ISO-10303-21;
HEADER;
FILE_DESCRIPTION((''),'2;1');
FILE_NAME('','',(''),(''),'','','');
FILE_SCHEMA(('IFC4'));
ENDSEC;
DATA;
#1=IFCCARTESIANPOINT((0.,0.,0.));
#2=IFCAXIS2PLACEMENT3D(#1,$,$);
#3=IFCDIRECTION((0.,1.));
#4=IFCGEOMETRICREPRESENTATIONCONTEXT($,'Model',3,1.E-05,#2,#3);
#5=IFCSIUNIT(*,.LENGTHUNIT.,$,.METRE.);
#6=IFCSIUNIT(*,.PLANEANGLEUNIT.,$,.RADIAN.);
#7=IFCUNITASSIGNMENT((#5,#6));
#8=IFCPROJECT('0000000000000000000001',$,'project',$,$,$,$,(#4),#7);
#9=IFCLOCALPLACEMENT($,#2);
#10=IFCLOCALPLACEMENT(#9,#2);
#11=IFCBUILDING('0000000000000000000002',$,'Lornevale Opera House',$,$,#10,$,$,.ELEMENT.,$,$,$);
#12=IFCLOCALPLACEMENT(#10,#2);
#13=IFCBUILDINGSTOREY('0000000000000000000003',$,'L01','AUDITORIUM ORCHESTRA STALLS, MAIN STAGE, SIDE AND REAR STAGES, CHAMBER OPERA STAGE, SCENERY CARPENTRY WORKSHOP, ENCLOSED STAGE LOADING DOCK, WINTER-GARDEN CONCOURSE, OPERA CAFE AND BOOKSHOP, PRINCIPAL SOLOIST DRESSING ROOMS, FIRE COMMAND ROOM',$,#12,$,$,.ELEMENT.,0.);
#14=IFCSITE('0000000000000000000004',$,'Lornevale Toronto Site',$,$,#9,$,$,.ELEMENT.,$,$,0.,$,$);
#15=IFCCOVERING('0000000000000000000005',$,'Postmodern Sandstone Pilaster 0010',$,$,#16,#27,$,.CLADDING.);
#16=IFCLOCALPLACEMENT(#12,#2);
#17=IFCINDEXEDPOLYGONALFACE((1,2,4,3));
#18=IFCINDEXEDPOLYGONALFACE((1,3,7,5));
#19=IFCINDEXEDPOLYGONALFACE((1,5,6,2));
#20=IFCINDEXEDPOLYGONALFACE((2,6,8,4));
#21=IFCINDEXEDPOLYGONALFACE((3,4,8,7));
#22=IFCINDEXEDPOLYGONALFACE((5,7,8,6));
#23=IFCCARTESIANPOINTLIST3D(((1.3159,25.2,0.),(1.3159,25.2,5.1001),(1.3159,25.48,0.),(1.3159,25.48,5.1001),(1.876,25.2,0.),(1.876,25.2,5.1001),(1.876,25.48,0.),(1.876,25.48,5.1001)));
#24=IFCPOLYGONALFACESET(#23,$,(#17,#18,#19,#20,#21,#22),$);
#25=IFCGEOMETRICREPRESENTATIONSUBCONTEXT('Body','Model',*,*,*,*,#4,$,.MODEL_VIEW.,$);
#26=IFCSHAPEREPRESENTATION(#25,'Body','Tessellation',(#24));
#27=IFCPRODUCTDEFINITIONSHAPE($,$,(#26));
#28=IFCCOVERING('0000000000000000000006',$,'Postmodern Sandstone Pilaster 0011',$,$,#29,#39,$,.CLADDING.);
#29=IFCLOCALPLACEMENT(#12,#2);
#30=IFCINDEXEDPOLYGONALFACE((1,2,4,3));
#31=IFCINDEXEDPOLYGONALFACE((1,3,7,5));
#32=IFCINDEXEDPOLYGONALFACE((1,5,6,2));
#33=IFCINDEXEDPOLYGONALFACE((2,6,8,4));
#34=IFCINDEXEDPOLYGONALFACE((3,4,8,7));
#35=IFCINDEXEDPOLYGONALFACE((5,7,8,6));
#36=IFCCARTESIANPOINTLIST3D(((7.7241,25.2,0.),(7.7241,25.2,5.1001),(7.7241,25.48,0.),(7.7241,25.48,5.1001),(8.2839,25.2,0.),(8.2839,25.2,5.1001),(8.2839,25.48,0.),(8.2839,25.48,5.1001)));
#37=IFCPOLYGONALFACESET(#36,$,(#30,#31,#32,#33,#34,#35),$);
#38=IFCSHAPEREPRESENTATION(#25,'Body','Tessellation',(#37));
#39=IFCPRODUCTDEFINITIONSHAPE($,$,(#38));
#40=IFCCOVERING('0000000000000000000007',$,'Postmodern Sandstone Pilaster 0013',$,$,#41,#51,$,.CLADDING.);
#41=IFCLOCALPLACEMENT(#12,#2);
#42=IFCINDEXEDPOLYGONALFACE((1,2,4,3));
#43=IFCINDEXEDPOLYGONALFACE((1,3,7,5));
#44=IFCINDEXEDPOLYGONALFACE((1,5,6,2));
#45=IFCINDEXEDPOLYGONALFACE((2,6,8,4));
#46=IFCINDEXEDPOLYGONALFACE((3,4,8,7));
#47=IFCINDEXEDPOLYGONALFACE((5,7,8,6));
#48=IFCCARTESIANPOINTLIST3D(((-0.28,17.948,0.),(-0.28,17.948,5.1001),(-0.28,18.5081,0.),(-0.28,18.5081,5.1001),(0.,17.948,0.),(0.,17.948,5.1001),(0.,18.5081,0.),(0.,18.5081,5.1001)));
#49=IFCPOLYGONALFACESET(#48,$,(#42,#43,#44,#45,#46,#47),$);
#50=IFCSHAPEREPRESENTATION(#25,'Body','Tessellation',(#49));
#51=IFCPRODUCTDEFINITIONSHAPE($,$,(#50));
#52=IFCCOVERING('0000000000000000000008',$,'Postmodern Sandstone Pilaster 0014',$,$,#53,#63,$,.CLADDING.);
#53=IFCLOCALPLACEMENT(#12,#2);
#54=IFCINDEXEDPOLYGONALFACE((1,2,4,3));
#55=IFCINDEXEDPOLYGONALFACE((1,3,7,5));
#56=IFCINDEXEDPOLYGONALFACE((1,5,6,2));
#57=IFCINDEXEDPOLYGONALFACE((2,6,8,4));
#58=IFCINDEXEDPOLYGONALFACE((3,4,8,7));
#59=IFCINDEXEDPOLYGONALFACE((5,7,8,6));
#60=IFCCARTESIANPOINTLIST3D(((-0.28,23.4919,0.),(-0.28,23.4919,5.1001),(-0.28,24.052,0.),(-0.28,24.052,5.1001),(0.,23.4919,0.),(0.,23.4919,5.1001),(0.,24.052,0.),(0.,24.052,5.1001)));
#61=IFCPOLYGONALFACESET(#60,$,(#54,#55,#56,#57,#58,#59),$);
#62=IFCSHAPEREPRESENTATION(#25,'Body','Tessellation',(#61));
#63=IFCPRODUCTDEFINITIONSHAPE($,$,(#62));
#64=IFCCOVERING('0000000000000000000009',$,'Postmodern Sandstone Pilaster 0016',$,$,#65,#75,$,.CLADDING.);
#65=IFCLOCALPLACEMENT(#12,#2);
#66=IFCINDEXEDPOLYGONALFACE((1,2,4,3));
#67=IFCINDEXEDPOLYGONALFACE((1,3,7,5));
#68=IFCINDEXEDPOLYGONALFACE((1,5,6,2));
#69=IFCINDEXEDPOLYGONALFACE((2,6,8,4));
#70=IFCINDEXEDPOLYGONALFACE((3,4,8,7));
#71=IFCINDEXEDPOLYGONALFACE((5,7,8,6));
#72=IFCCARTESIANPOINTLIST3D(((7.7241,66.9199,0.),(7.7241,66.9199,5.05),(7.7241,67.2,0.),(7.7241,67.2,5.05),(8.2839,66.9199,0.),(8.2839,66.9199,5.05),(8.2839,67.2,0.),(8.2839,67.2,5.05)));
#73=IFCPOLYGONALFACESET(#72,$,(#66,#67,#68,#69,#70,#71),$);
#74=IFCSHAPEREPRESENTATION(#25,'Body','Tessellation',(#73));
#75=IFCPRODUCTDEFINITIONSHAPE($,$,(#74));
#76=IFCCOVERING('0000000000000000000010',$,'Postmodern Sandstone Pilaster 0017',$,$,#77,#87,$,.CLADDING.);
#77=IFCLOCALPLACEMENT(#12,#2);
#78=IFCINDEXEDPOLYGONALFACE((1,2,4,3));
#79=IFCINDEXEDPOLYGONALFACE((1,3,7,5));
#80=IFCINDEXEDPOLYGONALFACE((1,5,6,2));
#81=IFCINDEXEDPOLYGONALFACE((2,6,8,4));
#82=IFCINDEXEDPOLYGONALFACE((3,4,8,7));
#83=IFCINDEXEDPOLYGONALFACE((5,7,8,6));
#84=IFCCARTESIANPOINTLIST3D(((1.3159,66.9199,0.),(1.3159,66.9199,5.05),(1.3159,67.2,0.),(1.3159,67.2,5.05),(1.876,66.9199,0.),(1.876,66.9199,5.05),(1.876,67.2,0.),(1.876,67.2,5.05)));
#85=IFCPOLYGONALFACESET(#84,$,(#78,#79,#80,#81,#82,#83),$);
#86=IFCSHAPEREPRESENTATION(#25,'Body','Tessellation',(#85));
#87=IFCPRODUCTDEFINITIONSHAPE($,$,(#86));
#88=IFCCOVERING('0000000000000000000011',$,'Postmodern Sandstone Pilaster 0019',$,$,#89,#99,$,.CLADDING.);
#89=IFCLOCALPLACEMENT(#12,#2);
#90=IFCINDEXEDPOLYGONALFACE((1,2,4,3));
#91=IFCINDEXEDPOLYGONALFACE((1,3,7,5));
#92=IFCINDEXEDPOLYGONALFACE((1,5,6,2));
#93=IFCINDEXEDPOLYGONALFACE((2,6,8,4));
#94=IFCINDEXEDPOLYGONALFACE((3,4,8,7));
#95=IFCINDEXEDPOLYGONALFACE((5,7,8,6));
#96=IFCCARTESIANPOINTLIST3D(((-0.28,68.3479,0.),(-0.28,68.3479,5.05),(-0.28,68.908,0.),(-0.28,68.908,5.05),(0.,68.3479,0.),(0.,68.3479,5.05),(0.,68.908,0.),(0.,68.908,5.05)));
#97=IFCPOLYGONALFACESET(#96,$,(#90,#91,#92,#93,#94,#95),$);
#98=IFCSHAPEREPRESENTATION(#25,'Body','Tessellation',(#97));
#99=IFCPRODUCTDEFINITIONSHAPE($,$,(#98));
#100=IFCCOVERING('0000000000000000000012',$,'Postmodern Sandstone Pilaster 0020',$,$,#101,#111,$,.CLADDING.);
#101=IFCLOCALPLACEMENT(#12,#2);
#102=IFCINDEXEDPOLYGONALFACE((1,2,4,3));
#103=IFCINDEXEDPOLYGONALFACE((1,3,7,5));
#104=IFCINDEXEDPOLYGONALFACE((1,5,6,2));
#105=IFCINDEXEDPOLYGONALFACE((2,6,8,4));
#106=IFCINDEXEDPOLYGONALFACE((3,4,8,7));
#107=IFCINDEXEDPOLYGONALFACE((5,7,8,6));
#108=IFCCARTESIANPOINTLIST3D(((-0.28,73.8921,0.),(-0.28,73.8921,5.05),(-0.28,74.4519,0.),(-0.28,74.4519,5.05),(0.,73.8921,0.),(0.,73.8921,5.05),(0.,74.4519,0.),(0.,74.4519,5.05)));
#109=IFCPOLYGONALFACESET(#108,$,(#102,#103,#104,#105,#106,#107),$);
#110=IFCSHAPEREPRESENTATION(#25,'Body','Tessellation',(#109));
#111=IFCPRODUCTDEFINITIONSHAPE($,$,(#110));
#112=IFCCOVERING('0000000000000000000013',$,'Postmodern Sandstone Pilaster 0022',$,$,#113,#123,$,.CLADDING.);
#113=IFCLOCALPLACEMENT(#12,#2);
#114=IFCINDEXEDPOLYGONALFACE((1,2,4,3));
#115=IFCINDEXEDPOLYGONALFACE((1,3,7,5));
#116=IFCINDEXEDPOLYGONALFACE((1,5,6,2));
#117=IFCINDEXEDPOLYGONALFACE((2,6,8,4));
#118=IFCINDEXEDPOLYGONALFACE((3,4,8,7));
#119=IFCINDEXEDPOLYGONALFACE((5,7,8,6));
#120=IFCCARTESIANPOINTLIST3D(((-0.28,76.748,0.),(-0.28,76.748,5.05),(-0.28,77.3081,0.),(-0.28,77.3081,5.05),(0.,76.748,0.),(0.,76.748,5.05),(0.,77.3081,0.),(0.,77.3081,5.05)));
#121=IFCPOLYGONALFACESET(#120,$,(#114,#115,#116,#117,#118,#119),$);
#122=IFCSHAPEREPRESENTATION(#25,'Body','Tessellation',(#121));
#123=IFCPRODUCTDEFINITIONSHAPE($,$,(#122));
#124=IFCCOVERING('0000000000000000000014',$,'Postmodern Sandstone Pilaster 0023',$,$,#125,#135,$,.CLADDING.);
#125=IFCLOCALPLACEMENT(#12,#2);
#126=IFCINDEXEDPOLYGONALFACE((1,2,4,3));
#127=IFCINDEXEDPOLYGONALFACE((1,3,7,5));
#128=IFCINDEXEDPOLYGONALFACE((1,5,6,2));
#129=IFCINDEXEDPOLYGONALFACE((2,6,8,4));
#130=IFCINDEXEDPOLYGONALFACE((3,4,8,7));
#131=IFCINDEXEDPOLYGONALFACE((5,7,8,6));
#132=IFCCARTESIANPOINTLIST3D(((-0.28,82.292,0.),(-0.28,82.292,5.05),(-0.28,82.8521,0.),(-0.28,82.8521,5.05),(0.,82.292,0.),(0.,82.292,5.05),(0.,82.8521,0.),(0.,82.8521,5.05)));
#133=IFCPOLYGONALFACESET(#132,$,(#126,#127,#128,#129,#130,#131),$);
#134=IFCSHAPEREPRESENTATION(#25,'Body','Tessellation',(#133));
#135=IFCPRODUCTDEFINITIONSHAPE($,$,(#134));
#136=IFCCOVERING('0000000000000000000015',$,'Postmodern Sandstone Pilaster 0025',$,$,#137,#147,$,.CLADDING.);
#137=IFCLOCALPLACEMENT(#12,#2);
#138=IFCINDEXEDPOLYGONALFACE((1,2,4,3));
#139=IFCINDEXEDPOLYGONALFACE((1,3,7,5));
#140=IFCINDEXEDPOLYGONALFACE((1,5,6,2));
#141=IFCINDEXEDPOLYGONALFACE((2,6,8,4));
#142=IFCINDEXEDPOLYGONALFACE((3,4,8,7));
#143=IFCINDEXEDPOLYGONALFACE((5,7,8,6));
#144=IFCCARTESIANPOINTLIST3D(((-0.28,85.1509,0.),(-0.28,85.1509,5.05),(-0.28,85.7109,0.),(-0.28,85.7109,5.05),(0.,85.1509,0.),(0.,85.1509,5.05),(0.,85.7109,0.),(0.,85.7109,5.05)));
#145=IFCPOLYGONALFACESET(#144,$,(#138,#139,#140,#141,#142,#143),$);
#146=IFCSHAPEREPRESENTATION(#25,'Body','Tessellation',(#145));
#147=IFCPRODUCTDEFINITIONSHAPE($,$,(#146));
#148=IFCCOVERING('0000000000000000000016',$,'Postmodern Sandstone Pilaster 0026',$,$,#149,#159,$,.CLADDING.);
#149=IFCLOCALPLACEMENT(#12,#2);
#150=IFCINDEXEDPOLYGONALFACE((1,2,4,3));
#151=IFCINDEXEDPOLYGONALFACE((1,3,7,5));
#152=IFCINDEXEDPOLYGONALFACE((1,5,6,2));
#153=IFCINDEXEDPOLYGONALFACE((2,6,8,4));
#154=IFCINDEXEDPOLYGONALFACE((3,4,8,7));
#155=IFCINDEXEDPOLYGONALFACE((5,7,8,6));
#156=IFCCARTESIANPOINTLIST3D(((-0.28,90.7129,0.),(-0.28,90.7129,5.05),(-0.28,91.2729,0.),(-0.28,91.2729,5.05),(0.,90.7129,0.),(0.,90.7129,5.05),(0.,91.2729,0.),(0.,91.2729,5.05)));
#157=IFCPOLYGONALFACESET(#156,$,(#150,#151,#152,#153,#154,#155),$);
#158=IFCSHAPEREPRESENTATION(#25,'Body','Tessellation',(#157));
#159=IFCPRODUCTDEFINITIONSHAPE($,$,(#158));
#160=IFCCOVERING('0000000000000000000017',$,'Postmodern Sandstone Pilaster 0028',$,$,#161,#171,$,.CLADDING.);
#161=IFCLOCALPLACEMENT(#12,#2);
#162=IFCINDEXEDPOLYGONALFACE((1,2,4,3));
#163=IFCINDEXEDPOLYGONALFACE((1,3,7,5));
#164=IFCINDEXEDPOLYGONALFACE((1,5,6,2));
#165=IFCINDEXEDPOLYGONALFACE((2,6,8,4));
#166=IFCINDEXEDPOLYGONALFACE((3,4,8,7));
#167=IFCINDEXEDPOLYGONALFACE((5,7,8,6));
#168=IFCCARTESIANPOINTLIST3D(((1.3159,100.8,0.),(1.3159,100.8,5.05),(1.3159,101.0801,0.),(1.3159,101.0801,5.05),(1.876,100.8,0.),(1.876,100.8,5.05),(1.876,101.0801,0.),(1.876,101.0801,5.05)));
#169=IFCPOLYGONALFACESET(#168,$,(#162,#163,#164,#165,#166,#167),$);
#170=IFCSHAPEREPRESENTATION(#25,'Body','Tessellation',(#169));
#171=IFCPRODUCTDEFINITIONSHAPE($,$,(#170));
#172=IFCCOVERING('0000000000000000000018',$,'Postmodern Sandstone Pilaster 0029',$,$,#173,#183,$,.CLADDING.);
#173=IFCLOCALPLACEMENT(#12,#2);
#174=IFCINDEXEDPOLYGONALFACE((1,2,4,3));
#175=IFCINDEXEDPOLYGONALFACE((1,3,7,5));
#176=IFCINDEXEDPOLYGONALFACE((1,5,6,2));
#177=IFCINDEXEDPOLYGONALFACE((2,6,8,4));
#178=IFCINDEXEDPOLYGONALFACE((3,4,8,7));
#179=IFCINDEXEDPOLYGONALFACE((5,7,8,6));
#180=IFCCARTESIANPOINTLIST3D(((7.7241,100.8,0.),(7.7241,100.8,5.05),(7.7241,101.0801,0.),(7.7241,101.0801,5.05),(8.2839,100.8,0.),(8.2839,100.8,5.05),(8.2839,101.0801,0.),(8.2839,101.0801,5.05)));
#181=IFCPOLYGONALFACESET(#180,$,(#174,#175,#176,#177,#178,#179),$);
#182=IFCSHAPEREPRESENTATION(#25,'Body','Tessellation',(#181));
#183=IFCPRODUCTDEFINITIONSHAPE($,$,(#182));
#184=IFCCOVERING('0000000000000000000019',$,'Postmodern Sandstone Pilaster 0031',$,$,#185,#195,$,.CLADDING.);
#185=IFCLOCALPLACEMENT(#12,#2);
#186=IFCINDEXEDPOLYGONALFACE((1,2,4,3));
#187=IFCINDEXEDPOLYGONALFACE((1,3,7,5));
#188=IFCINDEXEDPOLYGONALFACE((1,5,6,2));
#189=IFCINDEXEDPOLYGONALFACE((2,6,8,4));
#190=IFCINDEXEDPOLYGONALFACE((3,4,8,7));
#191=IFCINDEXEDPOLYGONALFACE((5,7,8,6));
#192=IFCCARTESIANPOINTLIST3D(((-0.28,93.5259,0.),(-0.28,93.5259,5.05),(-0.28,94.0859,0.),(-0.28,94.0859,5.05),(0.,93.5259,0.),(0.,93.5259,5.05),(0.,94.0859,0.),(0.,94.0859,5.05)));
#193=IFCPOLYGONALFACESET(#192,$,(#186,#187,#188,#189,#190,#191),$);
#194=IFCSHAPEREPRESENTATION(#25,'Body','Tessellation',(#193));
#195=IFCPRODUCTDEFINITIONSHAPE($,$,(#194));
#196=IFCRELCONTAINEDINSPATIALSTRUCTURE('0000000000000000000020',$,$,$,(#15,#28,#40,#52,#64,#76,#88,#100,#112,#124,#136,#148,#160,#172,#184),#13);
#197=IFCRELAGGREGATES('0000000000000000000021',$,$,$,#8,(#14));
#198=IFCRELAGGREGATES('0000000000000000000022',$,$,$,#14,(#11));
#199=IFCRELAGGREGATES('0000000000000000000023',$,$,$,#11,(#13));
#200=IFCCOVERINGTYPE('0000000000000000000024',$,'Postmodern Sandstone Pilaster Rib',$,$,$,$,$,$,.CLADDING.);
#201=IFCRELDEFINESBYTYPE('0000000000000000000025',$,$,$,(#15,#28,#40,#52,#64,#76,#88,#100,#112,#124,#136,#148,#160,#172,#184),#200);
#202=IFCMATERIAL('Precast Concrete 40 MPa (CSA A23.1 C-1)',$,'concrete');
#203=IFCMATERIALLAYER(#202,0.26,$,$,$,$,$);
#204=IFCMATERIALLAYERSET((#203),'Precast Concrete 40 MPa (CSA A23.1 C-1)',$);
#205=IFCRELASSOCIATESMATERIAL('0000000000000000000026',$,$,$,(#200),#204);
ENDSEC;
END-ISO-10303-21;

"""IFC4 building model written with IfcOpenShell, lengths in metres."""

from ifc_helpers import new_model, si_unit, direction, origin, place, context, subcontext, project, spatial, polyline, outline, extrude, material, layer, layer_set, type_object, element, save


model = new_model("IFC4")

# Units and contexts
model_context = context("Model", 3, precision=1e-05, world=origin(), true_north=direction((0.0, 1.0)))
body_context = subcontext(model_context, "Body", "Model", "MODEL_VIEW")
ifc_project = project(units=[si_unit("LENGTHUNIT", "METRE"), si_unit("PLANEANGLEUNIT", "RADIAN")], contexts=[model_context])

# Site, building, storey
site_placement = place(None, origin())
site = spatial("IfcSite", under=ifc_project, at=site_placement, Name="Lornevale Toronto Site", CompositionType="ELEMENT", RefElevation=0.0)
building_placement = place(site_placement, origin())
building = spatial("IfcBuilding", under=site, at=building_placement, Name="Lornevale Opera House", CompositionType="ELEMENT")
storey_placement = place(building_placement, origin())
storey = spatial("IfcBuildingStorey", under=building, at=storey_placement, Name="L01", Description="AUDITORIUM ORCHESTRA STALLS, MAIN STAGE, SIDE AND REAR STAGES, CHAMBER OPERA STAGE, SCENERY CARPENTRY WORKSHOP, ENCLOSED STAGE LOADING DOCK, WINTER-GARDEN CONCOURSE, OPERA CAFE AND BOOKSHOP, PRINCIPAL SOLOIST DRESSING ROOMS, FIRE COMMAND ROOM", CompositionType="ELEMENT", Elevation=0.0)

# Coverings
ifc_material = material(Name="Precast Concrete 40 MPa (CSA A23.1 C-1)", Category="concrete")
ifc_layer = layer(ifc_material, 0.26)
ifc_layer_set = layer_set([ifc_layer], Name="Precast Concrete 40 MPa (CSA A23.1 C-1)")
covering_type = type_object("IfcCoveringType", Name="Postmodern Sandstone Pilaster Rib", PredefinedType="CLADDING", material=ifc_layer_set)
covering_1_placement = place(storey_placement, origin())
element("IfcCovering", 1, at=covering_1_placement, inside=storey, type_object=covering_type, Name="Postmodern Sandstone Pilaster 0010", PredefinedType="CLADDING", context=body_context, shape_type="SweptSolid", body=[
    extrude(outline(polyline([(1.3159, 25.2), (1.876, 25.2), (1.876, 25.48), (1.3159, 25.48), (1.3159, 25.2)])), origin(), (0.0, 0.0, 1.0), 5.1001),
])
covering_2_placement = place(storey_placement, origin())
element("IfcCovering", 2, at=covering_2_placement, inside=storey, type_object=covering_type, Name="Postmodern Sandstone Pilaster 0011", PredefinedType="CLADDING", context=body_context, shape_type="SweptSolid", body=[
    extrude(outline(polyline([(7.7241, 25.2), (8.2839, 25.2), (8.2839, 25.48), (7.7241, 25.48), (7.7241, 25.2)])), origin(), (0.0, 0.0, 1.0), 5.1001),
])
covering_3_placement = place(storey_placement, origin())
element("IfcCovering", 3, at=covering_3_placement, inside=storey, type_object=covering_type, Name="Postmodern Sandstone Pilaster 0013", PredefinedType="CLADDING", context=body_context, shape_type="SweptSolid", body=[
    extrude(outline(polyline([(0.0, 17.948), (0.0, 18.5081), (-0.28, 18.5081), (-0.28, 17.948), (0.0, 17.948)])), origin(), (0.0, 0.0, 1.0), 5.1001),
])
covering_4_placement = place(storey_placement, origin())
element("IfcCovering", 4, at=covering_4_placement, inside=storey, type_object=covering_type, Name="Postmodern Sandstone Pilaster 0014", PredefinedType="CLADDING", context=body_context, shape_type="SweptSolid", body=[
    extrude(outline(polyline([(0.0, 23.4919), (0.0, 24.052), (-0.28, 24.052), (-0.28, 23.4919), (0.0, 23.4919)])), origin(), (0.0, 0.0, 1.0), 5.1001),
])
covering_5_placement = place(storey_placement, origin())
element("IfcCovering", 5, at=covering_5_placement, inside=storey, type_object=covering_type, Name="Postmodern Sandstone Pilaster 0016", PredefinedType="CLADDING", context=body_context, shape_type="SweptSolid", body=[
    extrude(outline(polyline([(8.2839, 67.2), (7.7241, 67.2), (7.7241, 66.9199), (8.2839, 66.9199), (8.2839, 67.2)])), origin(), (0.0, 0.0, 1.0), 5.05),
])
covering_6_placement = place(storey_placement, origin())
element("IfcCovering", 6, at=covering_6_placement, inside=storey, type_object=covering_type, Name="Postmodern Sandstone Pilaster 0017", PredefinedType="CLADDING", context=body_context, shape_type="SweptSolid", body=[
    extrude(outline(polyline([(1.876, 67.2), (1.3159, 67.2), (1.3159, 66.9199), (1.876, 66.9199), (1.876, 67.2)])), origin(), (0.0, 0.0, 1.0), 5.05),
])
covering_7_placement = place(storey_placement, origin())
element("IfcCovering", 7, at=covering_7_placement, inside=storey, type_object=covering_type, Name="Postmodern Sandstone Pilaster 0019", PredefinedType="CLADDING", context=body_context, shape_type="SweptSolid", body=[
    extrude(outline(polyline([(0.0, 68.3479), (0.0, 68.908), (-0.28, 68.908), (-0.28, 68.3479), (0.0, 68.3479)])), origin(), (0.0, 0.0, 1.0), 5.05),
])
covering_8_placement = place(storey_placement, origin())
element("IfcCovering", 8, at=covering_8_placement, inside=storey, type_object=covering_type, Name="Postmodern Sandstone Pilaster 0020", PredefinedType="CLADDING", context=body_context, shape_type="SweptSolid", body=[
    extrude(outline(polyline([(0.0, 73.8921), (0.0, 74.4519), (-0.28, 74.4519), (-0.28, 73.8921), (0.0, 73.8921)])), origin(), (0.0, 0.0, 1.0), 5.05),
])
covering_9_placement = place(storey_placement, origin())
element("IfcCovering", 9, at=covering_9_placement, inside=storey, type_object=covering_type, Name="Postmodern Sandstone Pilaster 0022", PredefinedType="CLADDING", context=body_context, shape_type="SweptSolid", body=[
    extrude(outline(polyline([(0.0, 76.748), (0.0, 77.3081), (-0.28, 77.3081), (-0.28, 76.748), (0.0, 76.748)])), origin(), (0.0, 0.0, 1.0), 5.05),
])
covering_10_placement = place(storey_placement, origin())
element("IfcCovering", 10, at=covering_10_placement, inside=storey, type_object=covering_type, Name="Postmodern Sandstone Pilaster 0023", PredefinedType="CLADDING", context=body_context, shape_type="SweptSolid", body=[
    extrude(outline(polyline([(0.0, 82.292), (0.0, 82.8521), (-0.28, 82.8521), (-0.28, 82.292), (0.0, 82.292)])), origin(), (0.0, 0.0, 1.0), 5.05),
])
covering_11_placement = place(storey_placement, origin())
element("IfcCovering", 11, at=covering_11_placement, inside=storey, type_object=covering_type, Name="Postmodern Sandstone Pilaster 0025", PredefinedType="CLADDING", context=body_context, shape_type="SweptSolid", body=[
    extrude(outline(polyline([(0.0, 85.1509), (0.0, 85.7109), (-0.28, 85.7109), (-0.28, 85.1509), (0.0, 85.1509)])), origin(), (0.0, 0.0, 1.0), 5.05),
])
covering_12_placement = place(storey_placement, origin())
element("IfcCovering", 12, at=covering_12_placement, inside=storey, type_object=covering_type, Name="Postmodern Sandstone Pilaster 0026", PredefinedType="CLADDING", context=body_context, shape_type="SweptSolid", body=[
    extrude(outline(polyline([(0.0, 90.7129), (0.0, 91.2729), (-0.28, 91.2729), (-0.28, 90.7129), (0.0, 90.7129)])), origin(), (0.0, 0.0, 1.0), 5.05),
])
covering_13_placement = place(storey_placement, origin())
element("IfcCovering", 13, at=covering_13_placement, inside=storey, type_object=covering_type, Name="Postmodern Sandstone Pilaster 0028", PredefinedType="CLADDING", context=body_context, shape_type="SweptSolid", body=[
    extrude(outline(polyline([(1.3159, 100.8), (1.876, 100.8), (1.876, 101.0801), (1.3159, 101.0801), (1.3159, 100.8)])), origin(), (0.0, 0.0, 1.0), 5.05),
])
covering_14_placement = place(storey_placement, origin())
element("IfcCovering", 14, at=covering_14_placement, inside=storey, type_object=covering_type, Name="Postmodern Sandstone Pilaster 0029", PredefinedType="CLADDING", context=body_context, shape_type="SweptSolid", body=[
    extrude(outline(polyline([(7.7241, 100.8), (8.2839, 100.8), (8.2839, 101.0801), (7.7241, 101.0801), (7.7241, 100.8)])), origin(), (0.0, 0.0, 1.0), 5.05),
])
covering_15_placement = place(storey_placement, origin())
element("IfcCovering", 15, at=covering_15_placement, inside=storey, type_object=covering_type, Name="Postmodern Sandstone Pilaster 0031", PredefinedType="CLADDING", context=body_context, shape_type="SweptSolid", body=[
    extrude(outline(polyline([(0.0, 93.5259), (0.0, 94.0859), (-0.28, 94.0859), (-0.28, 93.5259), (0.0, 93.5259)])), origin(), (0.0, 0.0, 1.0), 5.05),
])

save(model, "model.ifc")
